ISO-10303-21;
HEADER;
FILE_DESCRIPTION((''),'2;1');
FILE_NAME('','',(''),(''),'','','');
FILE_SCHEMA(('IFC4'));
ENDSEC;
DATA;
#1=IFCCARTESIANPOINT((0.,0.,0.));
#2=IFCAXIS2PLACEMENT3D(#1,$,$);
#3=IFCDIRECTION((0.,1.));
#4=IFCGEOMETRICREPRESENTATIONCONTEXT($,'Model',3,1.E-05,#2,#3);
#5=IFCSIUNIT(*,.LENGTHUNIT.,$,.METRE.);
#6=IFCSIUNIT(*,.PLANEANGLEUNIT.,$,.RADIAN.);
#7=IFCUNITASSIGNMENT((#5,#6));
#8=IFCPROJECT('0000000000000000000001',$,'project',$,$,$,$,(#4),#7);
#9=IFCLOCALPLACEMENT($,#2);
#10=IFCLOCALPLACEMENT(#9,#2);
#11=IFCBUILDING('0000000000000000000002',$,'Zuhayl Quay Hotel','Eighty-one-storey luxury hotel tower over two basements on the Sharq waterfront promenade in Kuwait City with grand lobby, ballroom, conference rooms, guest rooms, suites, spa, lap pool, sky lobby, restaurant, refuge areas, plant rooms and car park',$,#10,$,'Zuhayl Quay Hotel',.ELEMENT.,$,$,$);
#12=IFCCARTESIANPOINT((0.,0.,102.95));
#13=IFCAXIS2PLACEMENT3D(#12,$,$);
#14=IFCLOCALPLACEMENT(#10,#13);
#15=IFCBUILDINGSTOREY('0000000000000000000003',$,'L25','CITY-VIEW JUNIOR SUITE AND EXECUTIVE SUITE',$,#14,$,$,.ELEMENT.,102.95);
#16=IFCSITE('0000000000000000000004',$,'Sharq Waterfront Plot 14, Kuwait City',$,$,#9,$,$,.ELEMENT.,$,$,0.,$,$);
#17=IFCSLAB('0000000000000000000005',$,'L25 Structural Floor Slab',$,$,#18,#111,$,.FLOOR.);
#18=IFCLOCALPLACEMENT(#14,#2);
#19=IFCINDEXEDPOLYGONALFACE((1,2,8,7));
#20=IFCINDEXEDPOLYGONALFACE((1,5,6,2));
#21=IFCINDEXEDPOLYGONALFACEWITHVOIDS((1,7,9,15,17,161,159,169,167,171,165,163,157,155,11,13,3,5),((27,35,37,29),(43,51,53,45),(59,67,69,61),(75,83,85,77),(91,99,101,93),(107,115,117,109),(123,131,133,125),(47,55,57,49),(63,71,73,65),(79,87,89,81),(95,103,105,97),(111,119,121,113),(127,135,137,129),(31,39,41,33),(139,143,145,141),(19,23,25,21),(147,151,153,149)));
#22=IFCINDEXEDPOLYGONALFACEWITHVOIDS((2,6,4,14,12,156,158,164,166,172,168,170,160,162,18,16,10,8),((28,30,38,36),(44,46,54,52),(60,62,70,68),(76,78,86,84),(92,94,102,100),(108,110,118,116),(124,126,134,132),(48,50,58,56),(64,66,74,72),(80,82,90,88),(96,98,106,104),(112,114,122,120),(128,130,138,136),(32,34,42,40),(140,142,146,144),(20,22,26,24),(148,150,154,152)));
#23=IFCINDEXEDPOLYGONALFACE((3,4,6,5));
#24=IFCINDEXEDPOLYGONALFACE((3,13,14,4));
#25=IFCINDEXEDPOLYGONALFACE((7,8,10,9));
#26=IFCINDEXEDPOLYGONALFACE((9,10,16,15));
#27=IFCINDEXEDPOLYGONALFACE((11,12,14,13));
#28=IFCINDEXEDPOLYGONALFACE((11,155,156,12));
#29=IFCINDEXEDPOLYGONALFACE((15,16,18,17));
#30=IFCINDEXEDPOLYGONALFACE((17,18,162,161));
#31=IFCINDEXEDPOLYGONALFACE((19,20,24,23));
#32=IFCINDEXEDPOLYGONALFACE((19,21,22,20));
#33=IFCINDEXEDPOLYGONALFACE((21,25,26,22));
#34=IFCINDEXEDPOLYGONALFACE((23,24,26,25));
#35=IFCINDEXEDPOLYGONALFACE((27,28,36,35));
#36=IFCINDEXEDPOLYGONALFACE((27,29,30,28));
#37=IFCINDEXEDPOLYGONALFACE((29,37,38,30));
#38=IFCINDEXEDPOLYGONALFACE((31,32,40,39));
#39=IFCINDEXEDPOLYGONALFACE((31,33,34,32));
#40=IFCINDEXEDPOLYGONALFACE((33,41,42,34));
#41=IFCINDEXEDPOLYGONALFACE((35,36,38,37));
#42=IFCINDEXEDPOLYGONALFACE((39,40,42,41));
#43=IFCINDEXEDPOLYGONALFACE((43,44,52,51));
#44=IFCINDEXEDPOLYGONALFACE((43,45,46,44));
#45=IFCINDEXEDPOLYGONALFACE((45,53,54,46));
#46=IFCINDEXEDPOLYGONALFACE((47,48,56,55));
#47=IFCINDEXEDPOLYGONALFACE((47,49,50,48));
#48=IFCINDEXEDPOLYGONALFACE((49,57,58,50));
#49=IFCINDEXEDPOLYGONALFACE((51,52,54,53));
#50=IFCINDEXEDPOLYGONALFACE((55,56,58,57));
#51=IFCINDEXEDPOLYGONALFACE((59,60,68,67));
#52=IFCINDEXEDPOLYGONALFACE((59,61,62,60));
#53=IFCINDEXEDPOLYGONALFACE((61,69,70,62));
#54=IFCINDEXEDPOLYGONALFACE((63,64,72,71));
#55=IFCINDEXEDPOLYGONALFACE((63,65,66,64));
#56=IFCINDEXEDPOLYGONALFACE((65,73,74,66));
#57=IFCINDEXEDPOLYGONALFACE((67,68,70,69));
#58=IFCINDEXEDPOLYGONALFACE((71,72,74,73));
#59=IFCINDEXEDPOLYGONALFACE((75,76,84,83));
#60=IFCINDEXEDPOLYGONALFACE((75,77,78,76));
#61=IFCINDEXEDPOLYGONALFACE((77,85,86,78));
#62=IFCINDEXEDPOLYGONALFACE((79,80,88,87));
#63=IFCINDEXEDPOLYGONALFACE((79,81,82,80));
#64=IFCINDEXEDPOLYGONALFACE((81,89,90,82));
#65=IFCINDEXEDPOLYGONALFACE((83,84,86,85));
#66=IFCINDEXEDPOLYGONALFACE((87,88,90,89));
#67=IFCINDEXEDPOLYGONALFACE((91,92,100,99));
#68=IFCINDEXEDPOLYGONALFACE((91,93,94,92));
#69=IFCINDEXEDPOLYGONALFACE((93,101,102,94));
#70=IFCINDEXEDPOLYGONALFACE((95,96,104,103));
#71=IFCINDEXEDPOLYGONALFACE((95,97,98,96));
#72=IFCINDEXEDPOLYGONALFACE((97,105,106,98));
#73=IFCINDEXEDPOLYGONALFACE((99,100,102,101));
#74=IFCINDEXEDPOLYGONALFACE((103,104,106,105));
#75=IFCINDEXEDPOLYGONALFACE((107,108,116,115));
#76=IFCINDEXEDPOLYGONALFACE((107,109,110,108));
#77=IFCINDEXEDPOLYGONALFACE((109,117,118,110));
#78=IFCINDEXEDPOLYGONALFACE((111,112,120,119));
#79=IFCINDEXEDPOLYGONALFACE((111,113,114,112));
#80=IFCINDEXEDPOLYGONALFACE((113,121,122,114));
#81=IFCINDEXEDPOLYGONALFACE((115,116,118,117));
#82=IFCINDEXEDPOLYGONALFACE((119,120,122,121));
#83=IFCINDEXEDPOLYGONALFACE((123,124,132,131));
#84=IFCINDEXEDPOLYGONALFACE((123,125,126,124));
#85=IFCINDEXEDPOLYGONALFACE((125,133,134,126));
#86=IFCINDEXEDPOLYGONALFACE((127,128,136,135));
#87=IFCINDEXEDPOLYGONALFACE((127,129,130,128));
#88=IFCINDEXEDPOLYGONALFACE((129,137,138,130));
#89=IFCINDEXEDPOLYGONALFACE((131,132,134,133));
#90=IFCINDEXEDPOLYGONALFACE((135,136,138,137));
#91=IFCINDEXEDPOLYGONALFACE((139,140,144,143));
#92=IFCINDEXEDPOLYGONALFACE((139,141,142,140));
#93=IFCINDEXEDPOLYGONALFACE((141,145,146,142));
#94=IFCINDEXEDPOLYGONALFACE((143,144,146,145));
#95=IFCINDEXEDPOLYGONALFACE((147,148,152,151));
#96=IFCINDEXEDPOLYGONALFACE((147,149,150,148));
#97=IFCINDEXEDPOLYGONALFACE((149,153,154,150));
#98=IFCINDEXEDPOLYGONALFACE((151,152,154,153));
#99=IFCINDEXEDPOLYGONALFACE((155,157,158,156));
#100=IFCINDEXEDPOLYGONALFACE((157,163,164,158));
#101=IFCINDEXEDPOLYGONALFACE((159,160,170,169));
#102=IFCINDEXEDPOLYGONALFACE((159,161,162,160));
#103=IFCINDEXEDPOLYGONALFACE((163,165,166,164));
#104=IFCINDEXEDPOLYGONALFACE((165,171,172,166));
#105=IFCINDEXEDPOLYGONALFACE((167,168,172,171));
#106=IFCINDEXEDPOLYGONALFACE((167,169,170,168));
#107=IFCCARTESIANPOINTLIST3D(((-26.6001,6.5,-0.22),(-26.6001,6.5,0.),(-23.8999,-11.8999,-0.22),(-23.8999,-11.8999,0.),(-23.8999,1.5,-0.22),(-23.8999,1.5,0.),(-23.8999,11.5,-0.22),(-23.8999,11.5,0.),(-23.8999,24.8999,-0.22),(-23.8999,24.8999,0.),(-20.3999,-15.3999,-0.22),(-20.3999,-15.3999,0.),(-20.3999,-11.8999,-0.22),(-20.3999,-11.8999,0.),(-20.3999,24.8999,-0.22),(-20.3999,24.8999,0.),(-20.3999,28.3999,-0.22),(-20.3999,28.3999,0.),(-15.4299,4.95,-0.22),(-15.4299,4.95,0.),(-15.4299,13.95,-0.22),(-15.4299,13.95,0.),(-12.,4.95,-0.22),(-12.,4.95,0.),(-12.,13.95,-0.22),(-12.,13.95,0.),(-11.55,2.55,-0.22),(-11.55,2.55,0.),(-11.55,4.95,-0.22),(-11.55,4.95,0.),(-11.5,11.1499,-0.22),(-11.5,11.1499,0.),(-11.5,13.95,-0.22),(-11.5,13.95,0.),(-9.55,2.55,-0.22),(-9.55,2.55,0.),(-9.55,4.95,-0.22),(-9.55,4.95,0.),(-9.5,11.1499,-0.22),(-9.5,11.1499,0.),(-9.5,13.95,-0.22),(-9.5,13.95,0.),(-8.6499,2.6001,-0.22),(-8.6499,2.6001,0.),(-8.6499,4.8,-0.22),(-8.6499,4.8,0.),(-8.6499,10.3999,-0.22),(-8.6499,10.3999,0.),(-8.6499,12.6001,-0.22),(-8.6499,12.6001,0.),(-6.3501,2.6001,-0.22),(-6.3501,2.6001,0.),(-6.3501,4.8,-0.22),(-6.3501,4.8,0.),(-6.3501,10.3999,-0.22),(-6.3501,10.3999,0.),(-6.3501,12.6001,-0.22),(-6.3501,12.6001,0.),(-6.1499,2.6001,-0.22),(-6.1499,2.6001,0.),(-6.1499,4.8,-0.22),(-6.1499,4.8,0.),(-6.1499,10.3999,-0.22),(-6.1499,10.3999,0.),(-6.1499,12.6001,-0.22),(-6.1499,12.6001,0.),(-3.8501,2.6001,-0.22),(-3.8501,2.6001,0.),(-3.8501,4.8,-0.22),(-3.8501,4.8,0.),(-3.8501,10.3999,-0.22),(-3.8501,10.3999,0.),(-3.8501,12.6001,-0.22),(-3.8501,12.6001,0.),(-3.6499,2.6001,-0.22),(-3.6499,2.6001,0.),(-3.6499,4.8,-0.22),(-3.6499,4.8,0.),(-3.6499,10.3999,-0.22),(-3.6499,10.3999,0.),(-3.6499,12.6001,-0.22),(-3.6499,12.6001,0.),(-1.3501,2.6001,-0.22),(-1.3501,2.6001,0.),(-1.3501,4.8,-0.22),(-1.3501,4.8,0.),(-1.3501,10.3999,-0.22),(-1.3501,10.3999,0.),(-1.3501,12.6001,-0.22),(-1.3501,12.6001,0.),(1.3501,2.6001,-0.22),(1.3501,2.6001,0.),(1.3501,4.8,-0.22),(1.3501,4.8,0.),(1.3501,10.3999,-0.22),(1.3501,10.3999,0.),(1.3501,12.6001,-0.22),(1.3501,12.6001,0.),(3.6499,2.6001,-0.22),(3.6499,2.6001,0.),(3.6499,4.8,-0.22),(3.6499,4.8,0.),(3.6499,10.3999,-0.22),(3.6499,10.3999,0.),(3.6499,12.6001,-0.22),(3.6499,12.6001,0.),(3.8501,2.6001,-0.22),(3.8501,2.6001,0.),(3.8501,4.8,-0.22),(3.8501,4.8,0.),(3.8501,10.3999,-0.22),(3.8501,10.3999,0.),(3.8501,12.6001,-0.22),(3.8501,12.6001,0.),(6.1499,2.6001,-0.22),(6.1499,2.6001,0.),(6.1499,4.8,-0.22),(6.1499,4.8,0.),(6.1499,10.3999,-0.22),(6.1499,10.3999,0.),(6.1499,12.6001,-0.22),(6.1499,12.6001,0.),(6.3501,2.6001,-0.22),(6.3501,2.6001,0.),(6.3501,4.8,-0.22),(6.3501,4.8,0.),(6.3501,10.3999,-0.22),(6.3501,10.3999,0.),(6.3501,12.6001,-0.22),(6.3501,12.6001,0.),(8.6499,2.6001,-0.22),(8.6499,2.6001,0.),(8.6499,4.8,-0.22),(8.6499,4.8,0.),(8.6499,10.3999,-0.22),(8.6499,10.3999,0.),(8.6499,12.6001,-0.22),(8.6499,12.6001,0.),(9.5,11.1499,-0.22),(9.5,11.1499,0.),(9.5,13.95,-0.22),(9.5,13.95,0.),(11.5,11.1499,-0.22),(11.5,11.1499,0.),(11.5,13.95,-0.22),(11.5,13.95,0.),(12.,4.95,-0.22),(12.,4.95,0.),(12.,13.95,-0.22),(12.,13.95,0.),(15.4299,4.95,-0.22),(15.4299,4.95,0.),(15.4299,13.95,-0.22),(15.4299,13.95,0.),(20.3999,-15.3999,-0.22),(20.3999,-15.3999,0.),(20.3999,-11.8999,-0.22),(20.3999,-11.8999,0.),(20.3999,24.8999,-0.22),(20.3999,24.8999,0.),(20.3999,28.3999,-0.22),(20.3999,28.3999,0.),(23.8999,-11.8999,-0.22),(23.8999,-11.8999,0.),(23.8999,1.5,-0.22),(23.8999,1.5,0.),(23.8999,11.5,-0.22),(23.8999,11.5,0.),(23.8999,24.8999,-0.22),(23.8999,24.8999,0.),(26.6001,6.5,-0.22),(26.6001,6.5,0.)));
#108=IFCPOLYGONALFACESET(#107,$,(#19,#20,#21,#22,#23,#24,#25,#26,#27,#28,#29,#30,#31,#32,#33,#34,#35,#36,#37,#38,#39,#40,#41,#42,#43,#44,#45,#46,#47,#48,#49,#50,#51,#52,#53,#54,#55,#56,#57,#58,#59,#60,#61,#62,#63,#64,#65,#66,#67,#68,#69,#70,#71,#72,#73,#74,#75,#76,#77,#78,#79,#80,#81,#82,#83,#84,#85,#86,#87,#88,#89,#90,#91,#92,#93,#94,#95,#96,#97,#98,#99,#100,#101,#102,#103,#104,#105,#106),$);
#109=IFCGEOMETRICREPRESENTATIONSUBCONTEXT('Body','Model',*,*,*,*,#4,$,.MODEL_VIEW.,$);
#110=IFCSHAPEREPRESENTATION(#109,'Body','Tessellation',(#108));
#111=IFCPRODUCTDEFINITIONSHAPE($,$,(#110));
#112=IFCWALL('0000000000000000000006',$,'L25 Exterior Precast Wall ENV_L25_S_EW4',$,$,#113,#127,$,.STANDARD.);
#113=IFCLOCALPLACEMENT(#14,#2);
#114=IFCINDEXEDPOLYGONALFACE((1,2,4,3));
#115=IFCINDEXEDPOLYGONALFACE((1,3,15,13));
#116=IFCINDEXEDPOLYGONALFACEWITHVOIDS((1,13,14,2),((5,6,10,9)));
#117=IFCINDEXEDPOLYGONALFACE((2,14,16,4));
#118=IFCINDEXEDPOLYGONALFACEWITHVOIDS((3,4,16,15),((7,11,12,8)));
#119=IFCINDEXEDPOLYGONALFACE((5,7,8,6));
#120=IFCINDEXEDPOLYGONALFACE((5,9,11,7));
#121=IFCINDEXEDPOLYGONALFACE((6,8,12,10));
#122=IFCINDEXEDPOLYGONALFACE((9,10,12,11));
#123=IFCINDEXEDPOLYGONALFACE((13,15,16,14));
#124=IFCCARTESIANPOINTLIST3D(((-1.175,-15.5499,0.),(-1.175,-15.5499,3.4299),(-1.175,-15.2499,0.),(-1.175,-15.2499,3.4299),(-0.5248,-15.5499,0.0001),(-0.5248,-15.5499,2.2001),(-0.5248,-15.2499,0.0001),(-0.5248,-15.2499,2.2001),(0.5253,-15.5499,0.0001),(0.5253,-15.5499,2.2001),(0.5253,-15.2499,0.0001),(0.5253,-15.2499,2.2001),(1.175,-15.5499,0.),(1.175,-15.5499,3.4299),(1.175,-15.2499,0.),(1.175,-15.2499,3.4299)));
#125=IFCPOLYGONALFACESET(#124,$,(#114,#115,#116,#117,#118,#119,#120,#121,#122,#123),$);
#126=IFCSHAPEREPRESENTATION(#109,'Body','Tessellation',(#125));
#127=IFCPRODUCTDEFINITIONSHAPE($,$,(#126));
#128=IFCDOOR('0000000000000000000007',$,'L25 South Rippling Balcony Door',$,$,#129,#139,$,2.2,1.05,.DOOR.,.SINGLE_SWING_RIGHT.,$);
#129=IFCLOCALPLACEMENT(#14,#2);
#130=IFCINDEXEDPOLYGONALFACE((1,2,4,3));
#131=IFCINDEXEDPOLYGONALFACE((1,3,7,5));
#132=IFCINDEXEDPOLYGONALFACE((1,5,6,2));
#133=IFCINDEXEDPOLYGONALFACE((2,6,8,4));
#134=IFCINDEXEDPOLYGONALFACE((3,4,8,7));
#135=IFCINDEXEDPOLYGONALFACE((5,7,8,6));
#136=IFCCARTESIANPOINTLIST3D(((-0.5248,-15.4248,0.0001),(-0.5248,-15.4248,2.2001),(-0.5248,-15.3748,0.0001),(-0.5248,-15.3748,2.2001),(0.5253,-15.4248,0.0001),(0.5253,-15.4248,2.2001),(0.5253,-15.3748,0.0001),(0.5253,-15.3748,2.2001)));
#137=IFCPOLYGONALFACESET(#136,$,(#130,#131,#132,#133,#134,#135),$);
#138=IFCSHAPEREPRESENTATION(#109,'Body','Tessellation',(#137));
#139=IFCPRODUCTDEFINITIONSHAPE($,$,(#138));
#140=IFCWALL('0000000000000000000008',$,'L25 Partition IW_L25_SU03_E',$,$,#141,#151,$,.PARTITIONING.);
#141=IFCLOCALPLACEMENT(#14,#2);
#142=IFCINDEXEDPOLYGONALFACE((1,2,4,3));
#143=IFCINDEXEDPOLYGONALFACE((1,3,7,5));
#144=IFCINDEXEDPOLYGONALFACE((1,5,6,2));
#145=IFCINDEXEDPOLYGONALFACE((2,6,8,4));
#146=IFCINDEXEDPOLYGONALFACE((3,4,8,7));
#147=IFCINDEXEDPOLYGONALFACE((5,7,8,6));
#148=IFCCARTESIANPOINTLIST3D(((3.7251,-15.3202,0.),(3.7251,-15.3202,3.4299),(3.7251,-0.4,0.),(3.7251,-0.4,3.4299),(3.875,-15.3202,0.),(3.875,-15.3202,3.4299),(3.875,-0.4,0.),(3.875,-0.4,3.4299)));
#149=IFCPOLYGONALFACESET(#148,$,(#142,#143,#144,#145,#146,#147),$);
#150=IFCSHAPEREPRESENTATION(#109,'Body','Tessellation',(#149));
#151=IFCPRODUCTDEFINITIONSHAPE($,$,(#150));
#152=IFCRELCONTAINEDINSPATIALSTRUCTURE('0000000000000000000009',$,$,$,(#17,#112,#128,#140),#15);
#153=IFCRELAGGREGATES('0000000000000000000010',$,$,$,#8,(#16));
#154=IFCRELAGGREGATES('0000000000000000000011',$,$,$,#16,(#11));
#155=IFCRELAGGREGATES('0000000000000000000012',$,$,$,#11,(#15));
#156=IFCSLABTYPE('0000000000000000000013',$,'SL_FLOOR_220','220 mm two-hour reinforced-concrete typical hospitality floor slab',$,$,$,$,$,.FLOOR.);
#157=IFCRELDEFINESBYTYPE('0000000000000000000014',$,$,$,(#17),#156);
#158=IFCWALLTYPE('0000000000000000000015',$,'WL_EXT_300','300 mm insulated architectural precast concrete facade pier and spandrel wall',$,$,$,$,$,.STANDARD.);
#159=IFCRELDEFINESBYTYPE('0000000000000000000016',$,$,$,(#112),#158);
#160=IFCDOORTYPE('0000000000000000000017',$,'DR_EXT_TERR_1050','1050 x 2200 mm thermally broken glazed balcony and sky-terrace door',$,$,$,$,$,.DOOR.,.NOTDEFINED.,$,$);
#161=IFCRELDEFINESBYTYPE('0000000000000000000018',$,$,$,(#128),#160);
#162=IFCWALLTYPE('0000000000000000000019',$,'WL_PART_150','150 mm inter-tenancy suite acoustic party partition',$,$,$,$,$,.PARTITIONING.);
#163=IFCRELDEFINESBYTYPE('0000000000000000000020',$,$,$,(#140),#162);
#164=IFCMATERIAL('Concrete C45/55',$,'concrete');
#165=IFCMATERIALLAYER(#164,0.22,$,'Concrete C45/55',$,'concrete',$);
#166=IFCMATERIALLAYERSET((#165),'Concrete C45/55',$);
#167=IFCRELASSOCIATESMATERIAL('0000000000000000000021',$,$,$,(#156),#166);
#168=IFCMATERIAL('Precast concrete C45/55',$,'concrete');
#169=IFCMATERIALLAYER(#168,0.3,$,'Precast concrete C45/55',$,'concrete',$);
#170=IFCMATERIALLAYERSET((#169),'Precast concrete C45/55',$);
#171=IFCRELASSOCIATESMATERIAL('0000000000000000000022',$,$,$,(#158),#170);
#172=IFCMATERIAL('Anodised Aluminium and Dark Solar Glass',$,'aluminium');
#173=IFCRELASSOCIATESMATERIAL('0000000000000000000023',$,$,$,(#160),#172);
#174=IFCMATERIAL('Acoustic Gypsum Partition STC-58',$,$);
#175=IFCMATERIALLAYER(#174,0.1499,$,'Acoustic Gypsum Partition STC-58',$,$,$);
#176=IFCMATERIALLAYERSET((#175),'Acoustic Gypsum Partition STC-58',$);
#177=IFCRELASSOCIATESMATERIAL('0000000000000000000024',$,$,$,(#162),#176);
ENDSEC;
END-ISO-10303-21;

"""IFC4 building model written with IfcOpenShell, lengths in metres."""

from ifc_helpers import new_model, si_unit, direction, frame, frame_2d, origin, place, context, subcontext, project, spatial, polyline, rectangle, outline, extrude, material, layer, layer_set, type_object, element, fill, save


model = new_model("IFC4")

# Units and contexts
model_context = context("Model", 3, precision=1e-05, world=origin(), true_north=direction((0.0, 1.0)))
body_context = subcontext(model_context, "Body", "Model", "MODEL_VIEW")
ifc_project = project(units=[si_unit("LENGTHUNIT", "METRE"), si_unit("PLANEANGLEUNIT", "RADIAN")], contexts=[model_context])

# Site, building, storey
site_placement = place(None, origin())
site = spatial("IfcSite", under=ifc_project, at=site_placement, Name="Sharq Waterfront Plot 14, Kuwait City", CompositionType="ELEMENT", RefElevation=0.0)
building_placement = place(site_placement, origin())
building = spatial("IfcBuilding", under=site, at=building_placement, Name="Zuhayl Quay Hotel", Description="Eighty-one-storey luxury hotel tower over two basements on the Sharq waterfront promenade in Kuwait City with grand lobby, ballroom, conference rooms, guest rooms, suites, spa, lap pool, sky lobby, restaurant, refuge areas, plant rooms and car park", LongName="Zuhayl Quay Hotel", CompositionType="ELEMENT")
storey_placement = place(building_placement, frame((0.0, 0.0, 102.95)))
storey = spatial("IfcBuildingStorey", under=building, at=storey_placement, Name="L25", Description="CITY-VIEW JUNIOR SUITE AND EXECUTIVE SUITE", CompositionType="ELEMENT", Elevation=102.95)

# Slab
ifc_material_1 = material(Name="Concrete C45/55", Category="concrete")
ifc_layer_1 = layer(ifc_material_1, 0.22, Name="Concrete C45/55", Category="concrete")
ifc_layer_set_1 = layer_set([ifc_layer_1], Name="Concrete C45/55")
slab_type_1 = type_object("IfcSlabType", Name="SL_FLOOR_220", Description="220 mm two-hour reinforced-concrete typical hospitality floor slab", PredefinedType="FLOOR", material=ifc_layer_set_1)
slab_1_placement = place(storey_placement, frame((0.0, 0.0, -0.22)))
element("IfcSlab", 1, at=slab_1_placement, inside=storey, type_object=slab_type_1, Name="L25 Structural Floor Slab", PredefinedType="FLOOR", context=body_context, shape_type="SweptSolid", body=[
    extrude(outline(polyline([(-20.3999, -15.3999), (20.3999, -15.3999), (20.3999, -11.8999), (23.8999, -11.8999), (23.8999, 1.5), (26.6001, 6.5), (23.8999, 11.5), (23.8999, 24.8999), (20.3999, 24.8999), (20.3999, 28.3999), (-20.3999, 28.3999), (-20.3999, 24.8999), (-23.8999, 24.8999), (-23.8999, 11.5), (-26.6001, 6.5), (-23.8999, 1.5), (-23.8999, -11.8999), (-20.3999, -11.8999), (-20.3999, -15.3999)]), holes=[polyline([(-12.0, 4.95), (-12.0, 13.95), (-15.4299, 13.95), (-15.4299, 4.95), (-12.0, 4.95)]), polyline([(15.4299, 4.95), (15.4299, 13.95), (12.0, 13.95), (12.0, 4.95), (15.4299, 4.95)]), polyline([(-11.5, 11.1499), (-9.5, 11.1499), (-9.5, 13.95), (-11.5, 13.95), (-11.5, 11.1499)]), polyline([(9.5, 11.1499), (11.5, 11.1499), (11.5, 13.95), (9.5, 13.95), (9.5, 11.1499)]), polyline([(-8.6499, 2.6001), (-6.3501, 2.6001), (-6.3501, 4.8), (-8.6499, 4.8), (-8.6499, 2.6001)]), polyline([(-6.1499, 2.6001), (-3.8501, 2.6001), (-3.8501, 4.8), (-6.1499, 4.8), (-6.1499, 2.6001)]), polyline([(-8.6499, 10.3999), (-6.3501, 10.3999), (-6.3501, 12.6001), (-8.6499, 12.6001), (-8.6499, 10.3999)]), polyline([(-6.1499, 10.3999), (-3.8501, 10.3999), (-3.8501, 12.6001), (-6.1499, 12.6001), (-6.1499, 10.3999)]), polyline([(-3.6499, 2.6001), (-1.3501, 2.6001), (-1.3501, 4.8), (-3.6499, 4.8), (-3.6499, 2.6001)]), polyline([(1.3501, 2.6001), (3.6499, 2.6001), (3.6499, 4.8), (1.3501, 4.8), (1.3501, 2.6001)]), polyline([(-3.6499, 10.3999), (-1.3501, 10.3999), (-1.3501, 12.6001), (-3.6499, 12.6001), (-3.6499, 10.3999)]), polyline([(1.3501, 10.3999), (3.6499, 10.3999), (3.6499, 12.6001), (1.3501, 12.6001), (1.3501, 10.3999)]), polyline([(3.8501, 2.6001), (6.1499, 2.6001), (6.1499, 4.8), (3.8501, 4.8), (3.8501, 2.6001)]), polyline([(6.3501, 2.6001), (8.6499, 2.6001), (8.6499, 4.8), (6.3501, 4.8), (6.3501, 2.6001)]), polyline([(3.8501, 10.3999), (6.1499, 10.3999), (6.1499, 12.6001), (3.8501, 12.6001), (3.8501, 10.3999)]), polyline([(6.3501, 10.3999), (8.6499, 10.3999), (8.6499, 12.6001), (6.3501, 12.6001), (6.3501, 10.3999)]), polyline([(-11.55, 2.55), (-9.55, 2.55), (-9.55, 4.95), (-11.55, 4.95), (-11.55, 2.55)])]), origin(), (0.0, 0.0, 1.0), 0.22),
])

# Wall, opening, door
ifc_material_2 = material(Name="Precast concrete C45/55", Category="concrete")
ifc_layer_2 = layer(ifc_material_2, 0.3, Name="Precast concrete C45/55", Category="concrete")
ifc_layer_set_2 = layer_set([ifc_layer_2], Name="Precast concrete C45/55")
wall_type_1 = type_object("IfcWallType", Name="WL_EXT_300", Description="300 mm insulated architectural precast concrete facade pier and spandrel wall", PredefinedType="STANDARD", material=ifc_layer_set_2)
wall_1_placement = place(storey_placement, frame((1.175, -15.3999, 0.0), z_axis=(0.0, 0.0, 1.0), x_axis=(-1.0, 0.0, 0.0)))
wall_1 = element("IfcWall", 2, at=wall_1_placement, inside=storey, type_object=wall_type_1, Name="L25 Exterior Precast Wall ENV_L25_S_EW4", PredefinedType="STANDARD", context=body_context, shape_type="SweptSolid", body=[
    extrude(rectangle(XDim=2.3501, YDim=0.3, at=frame_2d((1.175, 0.0))), origin(), (0.0, 0.0, 1.0), 3.4299),
])
opening_1_placement = place(wall_1_placement, frame((0.6499, 0.0, 0.0)))
opening_1 = element("IfcOpeningElement", 3, at=opening_1_placement, cuts=wall_1, PredefinedType="OPENING", context=body_context, shape_type="SweptSolid", body=[
    extrude(rectangle(XDim=1.05, YDim=2.2, at=frame_2d((0.5249, 1.1001))), frame((0.0, 0.1599, 0.0), z_axis=(0.0, -1.0, 0.0), x_axis=(1.0, 0.0, 0.0)), (0.0, 0.0, 1.0), 0.3201),
])
ifc_material_3 = material(Name="Anodised Aluminium and Dark Solar Glass", Category="aluminium")
door_type_1 = type_object("IfcDoorType", Name="DR_EXT_TERR_1050", Description="1050 x 2200 mm thermally broken glazed balcony and sky-terrace door", OperationType="NOTDEFINED", PredefinedType="DOOR", material=ifc_material_3)
door_1_placement = place(opening_1_placement, origin())
door_1 = element("IfcDoor", 4, at=door_1_placement, inside=storey, type_object=door_type_1, Name="L25 South Rippling Balcony Door", OperationType="SINGLE_SWING_RIGHT", OverallHeight=2.2, OverallWidth=1.05, PredefinedType="DOOR", context=body_context, shape_type="SweptSolid", body=[
    extrude(rectangle(XDim=1.05, YDim=2.2, at=frame_2d((0.5249, 1.1001))), frame((0.0, 0.0249, 0.0), z_axis=(0.0, -1.0, 0.0), x_axis=(1.0, 0.0, 0.0)), (0.0, 0.0, 1.0), 0.05),
])
fill(opening_1, door_1)

# Wall
ifc_material_4 = material(Name="Acoustic Gypsum Partition STC-58")
ifc_layer_3 = layer(ifc_material_4, 0.1499, Name="Acoustic Gypsum Partition STC-58")
ifc_layer_set_3 = layer_set([ifc_layer_3], Name="Acoustic Gypsum Partition STC-58")
wall_type_2 = type_object("IfcWallType", Name="WL_PART_150", Description="150 mm inter-tenancy suite acoustic party partition", PredefinedType="PARTITIONING", material=ifc_layer_set_3)
wall_2_placement = place(storey_placement, frame((3.8, -15.3201, 0.0), z_axis=(0.0, 0.0, 1.0), x_axis=(0.0, 1.0, 0.0)))
element("IfcWall", 5, at=wall_2_placement, inside=storey, type_object=wall_type_2, Name="L25 Partition IW_L25_SU03_E", PredefinedType="PARTITIONING", context=body_context, shape_type="SweptSolid", body=[
    extrude(rectangle(XDim=14.9202, YDim=0.1499, at=frame_2d((7.46, 0.0))), origin(), (0.0, 0.0, 1.0), 3.4299),
])

save(model, "model.ifc")
